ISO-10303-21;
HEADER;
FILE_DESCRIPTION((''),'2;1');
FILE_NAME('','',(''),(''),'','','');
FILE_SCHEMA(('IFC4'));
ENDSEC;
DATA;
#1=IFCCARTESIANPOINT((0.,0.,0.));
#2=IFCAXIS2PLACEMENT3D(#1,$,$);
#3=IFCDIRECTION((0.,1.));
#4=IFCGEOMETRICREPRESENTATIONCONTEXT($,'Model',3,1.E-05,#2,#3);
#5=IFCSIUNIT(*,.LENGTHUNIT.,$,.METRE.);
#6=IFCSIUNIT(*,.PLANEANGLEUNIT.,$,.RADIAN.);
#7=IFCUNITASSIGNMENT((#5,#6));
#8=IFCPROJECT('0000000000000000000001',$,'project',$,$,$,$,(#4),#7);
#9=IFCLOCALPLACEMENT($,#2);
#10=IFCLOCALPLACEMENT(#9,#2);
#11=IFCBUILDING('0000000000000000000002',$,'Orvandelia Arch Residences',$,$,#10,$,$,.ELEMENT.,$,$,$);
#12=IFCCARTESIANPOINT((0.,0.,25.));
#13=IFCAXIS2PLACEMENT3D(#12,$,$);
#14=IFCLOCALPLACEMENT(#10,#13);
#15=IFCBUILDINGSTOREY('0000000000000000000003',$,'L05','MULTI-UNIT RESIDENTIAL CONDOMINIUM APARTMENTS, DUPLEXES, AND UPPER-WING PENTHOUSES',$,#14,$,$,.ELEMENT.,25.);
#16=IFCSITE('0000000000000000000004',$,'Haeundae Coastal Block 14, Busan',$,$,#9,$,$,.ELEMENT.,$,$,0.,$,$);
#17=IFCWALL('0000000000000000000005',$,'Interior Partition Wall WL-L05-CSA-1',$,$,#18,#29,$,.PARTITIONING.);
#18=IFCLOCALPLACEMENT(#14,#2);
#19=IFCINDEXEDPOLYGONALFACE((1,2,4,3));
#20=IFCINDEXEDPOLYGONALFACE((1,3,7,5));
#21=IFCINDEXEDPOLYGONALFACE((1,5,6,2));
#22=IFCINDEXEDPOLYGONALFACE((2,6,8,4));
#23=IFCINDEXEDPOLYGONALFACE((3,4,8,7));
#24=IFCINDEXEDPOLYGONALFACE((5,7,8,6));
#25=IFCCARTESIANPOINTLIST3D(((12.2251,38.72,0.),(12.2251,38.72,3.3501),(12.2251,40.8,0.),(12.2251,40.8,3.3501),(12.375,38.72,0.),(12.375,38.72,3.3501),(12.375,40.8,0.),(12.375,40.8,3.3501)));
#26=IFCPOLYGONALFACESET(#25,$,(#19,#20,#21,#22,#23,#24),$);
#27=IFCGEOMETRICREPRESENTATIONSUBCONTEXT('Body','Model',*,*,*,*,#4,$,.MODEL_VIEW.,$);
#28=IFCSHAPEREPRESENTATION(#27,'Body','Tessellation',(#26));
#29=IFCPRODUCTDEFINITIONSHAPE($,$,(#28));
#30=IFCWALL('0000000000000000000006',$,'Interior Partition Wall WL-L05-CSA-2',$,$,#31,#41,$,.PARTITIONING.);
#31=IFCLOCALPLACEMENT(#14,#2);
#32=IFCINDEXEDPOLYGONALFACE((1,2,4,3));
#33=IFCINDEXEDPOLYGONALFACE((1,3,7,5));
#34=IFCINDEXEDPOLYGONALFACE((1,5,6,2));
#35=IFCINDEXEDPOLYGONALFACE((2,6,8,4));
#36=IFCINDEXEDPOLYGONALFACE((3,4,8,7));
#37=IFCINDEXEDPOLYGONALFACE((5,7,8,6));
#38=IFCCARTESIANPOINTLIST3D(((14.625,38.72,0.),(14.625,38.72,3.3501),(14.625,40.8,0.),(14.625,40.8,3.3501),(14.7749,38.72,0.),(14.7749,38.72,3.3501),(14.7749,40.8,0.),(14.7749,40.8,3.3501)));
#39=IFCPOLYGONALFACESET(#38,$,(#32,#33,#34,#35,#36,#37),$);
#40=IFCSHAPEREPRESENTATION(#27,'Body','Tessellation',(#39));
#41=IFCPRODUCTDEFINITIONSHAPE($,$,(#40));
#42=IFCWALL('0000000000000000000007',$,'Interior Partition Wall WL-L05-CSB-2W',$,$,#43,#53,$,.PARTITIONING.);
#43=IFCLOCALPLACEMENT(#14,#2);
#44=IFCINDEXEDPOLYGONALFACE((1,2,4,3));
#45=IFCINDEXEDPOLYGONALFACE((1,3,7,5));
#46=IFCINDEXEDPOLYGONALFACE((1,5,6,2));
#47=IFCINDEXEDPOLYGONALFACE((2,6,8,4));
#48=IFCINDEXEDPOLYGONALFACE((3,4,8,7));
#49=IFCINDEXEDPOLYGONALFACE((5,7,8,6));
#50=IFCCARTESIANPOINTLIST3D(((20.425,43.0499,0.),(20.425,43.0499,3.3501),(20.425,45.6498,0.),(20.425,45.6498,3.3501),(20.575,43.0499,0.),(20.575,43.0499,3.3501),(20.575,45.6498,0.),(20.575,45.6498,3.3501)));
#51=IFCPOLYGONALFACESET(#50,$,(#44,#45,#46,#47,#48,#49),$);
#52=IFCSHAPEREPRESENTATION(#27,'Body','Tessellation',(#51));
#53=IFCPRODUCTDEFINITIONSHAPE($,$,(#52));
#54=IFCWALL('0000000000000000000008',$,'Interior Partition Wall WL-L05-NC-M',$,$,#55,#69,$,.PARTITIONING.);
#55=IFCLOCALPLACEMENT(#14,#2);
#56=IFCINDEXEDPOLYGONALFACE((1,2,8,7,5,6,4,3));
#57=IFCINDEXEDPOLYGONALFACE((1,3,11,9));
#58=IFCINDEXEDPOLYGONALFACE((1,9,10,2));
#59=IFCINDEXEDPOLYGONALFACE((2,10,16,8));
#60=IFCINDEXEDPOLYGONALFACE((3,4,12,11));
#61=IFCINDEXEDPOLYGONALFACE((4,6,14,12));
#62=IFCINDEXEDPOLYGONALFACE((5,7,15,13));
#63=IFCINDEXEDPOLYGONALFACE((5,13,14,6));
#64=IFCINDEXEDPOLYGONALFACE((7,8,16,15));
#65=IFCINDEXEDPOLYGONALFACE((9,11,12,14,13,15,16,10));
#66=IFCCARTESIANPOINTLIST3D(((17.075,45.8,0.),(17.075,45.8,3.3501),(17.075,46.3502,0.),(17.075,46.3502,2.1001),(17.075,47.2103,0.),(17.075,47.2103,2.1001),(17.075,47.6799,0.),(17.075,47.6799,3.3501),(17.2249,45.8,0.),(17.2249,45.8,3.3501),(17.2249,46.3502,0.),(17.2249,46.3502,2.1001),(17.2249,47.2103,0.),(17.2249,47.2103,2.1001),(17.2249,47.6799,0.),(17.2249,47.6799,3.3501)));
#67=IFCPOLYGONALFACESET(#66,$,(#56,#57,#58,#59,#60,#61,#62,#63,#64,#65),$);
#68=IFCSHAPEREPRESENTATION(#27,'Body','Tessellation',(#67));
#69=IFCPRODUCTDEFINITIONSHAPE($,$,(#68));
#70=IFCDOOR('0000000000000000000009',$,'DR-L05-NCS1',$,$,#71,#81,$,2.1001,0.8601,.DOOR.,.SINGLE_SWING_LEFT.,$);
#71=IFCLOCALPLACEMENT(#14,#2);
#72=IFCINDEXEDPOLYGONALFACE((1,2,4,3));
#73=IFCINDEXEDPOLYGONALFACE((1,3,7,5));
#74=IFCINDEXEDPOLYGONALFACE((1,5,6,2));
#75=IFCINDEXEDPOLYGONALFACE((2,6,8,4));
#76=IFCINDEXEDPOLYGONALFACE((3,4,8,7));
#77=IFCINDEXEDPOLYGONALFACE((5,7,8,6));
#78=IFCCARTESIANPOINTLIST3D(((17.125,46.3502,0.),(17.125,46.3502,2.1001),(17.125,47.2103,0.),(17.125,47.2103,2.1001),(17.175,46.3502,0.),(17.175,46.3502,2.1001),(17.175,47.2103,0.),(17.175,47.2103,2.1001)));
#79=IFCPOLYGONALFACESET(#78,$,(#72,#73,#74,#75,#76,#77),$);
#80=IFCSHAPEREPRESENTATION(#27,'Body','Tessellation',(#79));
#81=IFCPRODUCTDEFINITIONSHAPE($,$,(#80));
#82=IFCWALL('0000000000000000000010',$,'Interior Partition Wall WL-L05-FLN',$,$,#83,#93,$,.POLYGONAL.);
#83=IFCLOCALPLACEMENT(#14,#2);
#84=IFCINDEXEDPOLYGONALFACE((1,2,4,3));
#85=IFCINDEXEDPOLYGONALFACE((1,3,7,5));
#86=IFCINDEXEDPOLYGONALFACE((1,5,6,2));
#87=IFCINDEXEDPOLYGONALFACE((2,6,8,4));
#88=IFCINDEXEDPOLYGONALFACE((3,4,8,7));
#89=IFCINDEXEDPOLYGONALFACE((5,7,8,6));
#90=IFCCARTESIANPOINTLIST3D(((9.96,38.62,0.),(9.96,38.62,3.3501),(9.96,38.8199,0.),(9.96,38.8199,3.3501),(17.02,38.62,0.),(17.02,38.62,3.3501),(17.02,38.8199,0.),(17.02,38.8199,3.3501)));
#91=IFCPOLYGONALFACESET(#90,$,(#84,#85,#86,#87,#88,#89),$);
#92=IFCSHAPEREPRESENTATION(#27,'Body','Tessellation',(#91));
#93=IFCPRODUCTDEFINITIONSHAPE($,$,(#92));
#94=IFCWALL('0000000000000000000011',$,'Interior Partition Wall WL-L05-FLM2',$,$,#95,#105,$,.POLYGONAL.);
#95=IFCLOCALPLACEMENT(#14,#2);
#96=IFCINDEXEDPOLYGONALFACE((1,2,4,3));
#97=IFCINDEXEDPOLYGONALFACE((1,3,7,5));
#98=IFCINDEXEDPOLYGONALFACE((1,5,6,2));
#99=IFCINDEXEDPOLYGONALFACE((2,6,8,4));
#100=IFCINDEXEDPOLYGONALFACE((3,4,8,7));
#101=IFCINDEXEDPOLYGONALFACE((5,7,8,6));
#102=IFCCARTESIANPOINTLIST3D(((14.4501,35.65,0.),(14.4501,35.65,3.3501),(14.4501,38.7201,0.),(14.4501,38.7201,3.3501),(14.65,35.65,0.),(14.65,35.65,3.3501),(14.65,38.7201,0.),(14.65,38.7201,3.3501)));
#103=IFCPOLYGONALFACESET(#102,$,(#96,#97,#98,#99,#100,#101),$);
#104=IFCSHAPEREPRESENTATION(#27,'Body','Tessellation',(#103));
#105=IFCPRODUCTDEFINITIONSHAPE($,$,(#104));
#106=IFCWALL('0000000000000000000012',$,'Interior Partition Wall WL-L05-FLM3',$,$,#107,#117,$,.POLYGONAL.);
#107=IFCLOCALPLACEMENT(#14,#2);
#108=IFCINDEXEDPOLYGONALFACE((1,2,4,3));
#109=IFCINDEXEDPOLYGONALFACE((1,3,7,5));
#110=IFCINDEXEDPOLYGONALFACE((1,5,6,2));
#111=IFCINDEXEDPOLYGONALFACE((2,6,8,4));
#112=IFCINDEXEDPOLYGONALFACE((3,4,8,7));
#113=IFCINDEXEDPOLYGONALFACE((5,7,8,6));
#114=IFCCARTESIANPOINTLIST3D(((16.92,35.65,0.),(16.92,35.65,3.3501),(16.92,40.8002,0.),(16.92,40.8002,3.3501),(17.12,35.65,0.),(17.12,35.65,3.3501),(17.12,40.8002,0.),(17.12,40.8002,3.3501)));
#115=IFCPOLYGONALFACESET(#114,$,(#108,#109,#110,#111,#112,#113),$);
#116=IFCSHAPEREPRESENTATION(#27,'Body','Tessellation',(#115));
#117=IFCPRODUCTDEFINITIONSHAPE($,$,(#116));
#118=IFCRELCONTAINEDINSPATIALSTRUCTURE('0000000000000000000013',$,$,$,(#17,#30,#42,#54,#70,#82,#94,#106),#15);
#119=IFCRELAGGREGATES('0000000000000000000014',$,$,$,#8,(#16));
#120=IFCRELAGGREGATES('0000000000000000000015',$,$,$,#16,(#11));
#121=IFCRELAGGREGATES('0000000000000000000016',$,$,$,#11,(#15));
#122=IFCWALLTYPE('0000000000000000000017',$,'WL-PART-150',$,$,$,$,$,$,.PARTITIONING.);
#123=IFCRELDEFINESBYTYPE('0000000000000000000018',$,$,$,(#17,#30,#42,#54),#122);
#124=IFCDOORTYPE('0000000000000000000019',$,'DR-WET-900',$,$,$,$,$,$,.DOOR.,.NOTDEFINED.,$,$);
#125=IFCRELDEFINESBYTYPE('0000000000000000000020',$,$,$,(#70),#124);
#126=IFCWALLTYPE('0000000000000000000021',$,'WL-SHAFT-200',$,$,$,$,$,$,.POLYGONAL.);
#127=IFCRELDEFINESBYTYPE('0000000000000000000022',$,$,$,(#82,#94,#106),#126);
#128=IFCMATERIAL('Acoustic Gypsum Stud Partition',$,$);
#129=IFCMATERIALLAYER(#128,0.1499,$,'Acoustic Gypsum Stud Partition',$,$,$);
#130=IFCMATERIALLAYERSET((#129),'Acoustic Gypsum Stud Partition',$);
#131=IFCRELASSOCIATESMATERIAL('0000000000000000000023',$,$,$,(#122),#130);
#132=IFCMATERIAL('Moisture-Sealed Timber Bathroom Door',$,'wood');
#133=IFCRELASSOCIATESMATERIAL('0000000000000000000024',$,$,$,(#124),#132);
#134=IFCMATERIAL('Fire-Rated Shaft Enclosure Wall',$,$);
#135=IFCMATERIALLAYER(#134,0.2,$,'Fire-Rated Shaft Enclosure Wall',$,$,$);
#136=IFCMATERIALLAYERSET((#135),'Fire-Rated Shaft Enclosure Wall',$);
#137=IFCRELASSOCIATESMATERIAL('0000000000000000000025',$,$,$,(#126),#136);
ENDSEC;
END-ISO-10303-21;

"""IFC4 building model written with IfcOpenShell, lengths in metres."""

from ifc_helpers import new_model, si_unit, direction, frame, frame_2d, origin, place, context, subcontext, project, spatial, rectangle, extrude, material, layer, layer_set, type_object, element, fill, save


model = new_model("IFC4")

# Units and contexts
model_context = context("Model", 3, precision=1e-05, world=origin(), true_north=direction((0.0, 1.0)))
body_context = subcontext(model_context, "Body", "Model", "MODEL_VIEW")
ifc_project = project(units=[si_unit("LENGTHUNIT", "METRE"), si_unit("PLANEANGLEUNIT", "RADIAN")], contexts=[model_context])

# Site, building, storey
site_placement = place(None, origin())
site = spatial("IfcSite", under=ifc_project, at=site_placement, Name="Haeundae Coastal Block 14, Busan", CompositionType="ELEMENT", RefElevation=0.0)
building_placement = place(site_placement, origin())
building = spatial("IfcBuilding", under=site, at=building_placement, Name="Orvandelia Arch Residences", CompositionType="ELEMENT")
storey_placement = place(building_placement, frame((0.0, 0.0, 25.0)))
storey = spatial("IfcBuildingStorey", under=building, at=storey_placement, Name="L05", Description="MULTI-UNIT RESIDENTIAL CONDOMINIUM APARTMENTS, DUPLEXES, AND UPPER-WING PENTHOUSES", CompositionType="ELEMENT", Elevation=25.0)

# Walls
ifc_material_1 = material(Name="Acoustic Gypsum Stud Partition")
ifc_layer_1 = layer(ifc_material_1, 0.1499, Name="Acoustic Gypsum Stud Partition")
ifc_layer_set_1 = layer_set([ifc_layer_1], Name="Acoustic Gypsum Stud Partition")
wall_type_1 = type_object("IfcWallType", Name="WL-PART-150", PredefinedType="PARTITIONING", material=ifc_layer_set_1)
for number, where, z_axis, x_axis, name in (
    (1, (12.3, 38.72, 0.0), (0.0, 0.0, 1.0), (0.0, 1.0, 0.0), "Interior Partition Wall WL-L05-CSA-1"),
    (2, (14.7, 38.72, 0.0), (0.0, 0.0, 1.0), (0.0, 1.0, 0.0), "Interior Partition Wall WL-L05-CSA-2"),
):
    element("IfcWall", number, at=place(storey_placement, frame(where, z_axis=z_axis, x_axis=x_axis)), inside=storey, type_object=wall_type_1, Name=name, PredefinedType="PARTITIONING", context=body_context, shape_type="SweptSolid", body=[
        extrude(rectangle(XDim=2.0801, YDim=0.1499, at=frame_2d((1.04, 0.0))), origin(), (0.0, 0.0, 1.0), 3.3501),
    ])
wall_1_placement = place(storey_placement, frame((20.5, 43.05, 0.0), z_axis=(0.0, 0.0, 1.0), x_axis=(0.0, 1.0, 0.0)))
element("IfcWall", 3, at=wall_1_placement, inside=storey, type_object=wall_type_1, Name="Interior Partition Wall WL-L05-CSB-2W", PredefinedType="PARTITIONING", context=body_context, shape_type="SweptSolid", body=[
    extrude(rectangle(XDim=2.5999, YDim=0.1499, at=frame_2d((1.2998, 0.0))), origin(), (0.0, 0.0, 1.0), 3.3501),
])

# Wall, opening, door
wall_2_placement = place(storey_placement, frame((17.1499, 45.8, 0.0), z_axis=(0.0, 0.0, 1.0), x_axis=(0.0, 1.0, 0.0)))
wall_2 = element("IfcWall", 4, at=wall_2_placement, inside=storey, type_object=wall_type_1, Name="Interior Partition Wall WL-L05-NC-M", PredefinedType="PARTITIONING", context=body_context, shape_type="SweptSolid", body=[
    extrude(rectangle(XDim=1.8799, YDim=0.1499, at=frame_2d((0.9399, 0.0))), origin(), (0.0, 0.0, 1.0), 3.3501),
])
opening_1_placement = place(wall_2_placement, frame((0.55, 0.0, 0.0)))
opening_1 = element("IfcOpeningElement", 5, at=opening_1_placement, cuts=wall_2, PredefinedType="OPENING", context=body_context, shape_type="SweptSolid", body=[
    extrude(rectangle(XDim=0.8601, YDim=2.1001, at=frame_2d((0.4302, 1.05))), frame((0.0, 0.085, 0.0), z_axis=(0.0, -1.0, 0.0), x_axis=(1.0, 0.0, 0.0)), (0.0, 0.0, 1.0), 0.1699),
])
ifc_material_2 = material(Name="Moisture-Sealed Timber Bathroom Door", Category="wood")
door_type_1 = type_object("IfcDoorType", Name="DR-WET-900", OperationType="NOTDEFINED", PredefinedType="DOOR", material=ifc_material_2)
door_1_placement = place(opening_1_placement, origin())
door_1 = element("IfcDoor", 6, at=door_1_placement, inside=storey, type_object=door_type_1, Name="DR-L05-NCS1", OperationType="SINGLE_SWING_LEFT", OverallHeight=2.1001, OverallWidth=0.8601, PredefinedType="DOOR", context=body_context, shape_type="SweptSolid", body=[
    extrude(rectangle(XDim=0.8601, YDim=2.1001, at=frame_2d((0.4302, 1.05))), frame((0.0, 0.0249, 0.0), z_axis=(0.0, -1.0, 0.0), x_axis=(1.0, 0.0, 0.0)), (0.0, 0.0, 1.0), 0.05),
])
fill(opening_1, door_1)

# Walls
ifc_material_3 = material(Name="Fire-Rated Shaft Enclosure Wall")
ifc_layer_2 = layer(ifc_material_3, 0.2, Name="Fire-Rated Shaft Enclosure Wall")
ifc_layer_set_2 = layer_set([ifc_layer_2], Name="Fire-Rated Shaft Enclosure Wall")
wall_type_2 = type_object("IfcWallType", Name="WL-SHAFT-200", PredefinedType="POLYGONAL", material=ifc_layer_set_2)
wall_3_placement = place(storey_placement, frame((9.96, 38.72, 0.0), z_axis=(0.0, 0.0, 1.0), x_axis=(1.0, 0.0, 0.0)))
element("IfcWall", 7, at=wall_3_placement, inside=storey, type_object=wall_type_2, Name="Interior Partition Wall WL-L05-FLN", PredefinedType="POLYGONAL", context=body_context, shape_type="SweptSolid", body=[
    extrude(rectangle(XDim=7.0601, YDim=0.2, at=frame_2d((3.53, 0.0))), origin(), (0.0, 0.0, 1.0), 3.3501),
])
wall_4_placement = place(storey_placement, frame((14.55, 35.6499, 0.0), z_axis=(0.0, 0.0, 1.0), x_axis=(0.0, 1.0, 0.0)))
element("IfcWall", 8, at=wall_4_placement, inside=storey, type_object=wall_type_2, Name="Interior Partition Wall WL-L05-FLM2", PredefinedType="POLYGONAL", context=body_context, shape_type="SweptSolid", body=[
    extrude(rectangle(XDim=3.0701, YDim=0.2, at=frame_2d((1.5352, 0.0))), origin(), (0.0, 0.0, 1.0), 3.3501),
])
wall_5_placement = place(storey_placement, frame((17.02, 35.6499, 0.0), z_axis=(0.0, 0.0, 1.0), x_axis=(0.0, 1.0, 0.0)))
element("IfcWall", 9, at=wall_5_placement, inside=storey, type_object=wall_type_2, Name="Interior Partition Wall WL-L05-FLM3", PredefinedType="POLYGONAL", context=body_context, shape_type="SweptSolid", body=[
    extrude(rectangle(XDim=5.1501, YDim=0.2, at=frame_2d((2.5752, 0.0))), origin(), (0.0, 0.0, 1.0), 3.3501),
])

save(model, "model.ifc")
